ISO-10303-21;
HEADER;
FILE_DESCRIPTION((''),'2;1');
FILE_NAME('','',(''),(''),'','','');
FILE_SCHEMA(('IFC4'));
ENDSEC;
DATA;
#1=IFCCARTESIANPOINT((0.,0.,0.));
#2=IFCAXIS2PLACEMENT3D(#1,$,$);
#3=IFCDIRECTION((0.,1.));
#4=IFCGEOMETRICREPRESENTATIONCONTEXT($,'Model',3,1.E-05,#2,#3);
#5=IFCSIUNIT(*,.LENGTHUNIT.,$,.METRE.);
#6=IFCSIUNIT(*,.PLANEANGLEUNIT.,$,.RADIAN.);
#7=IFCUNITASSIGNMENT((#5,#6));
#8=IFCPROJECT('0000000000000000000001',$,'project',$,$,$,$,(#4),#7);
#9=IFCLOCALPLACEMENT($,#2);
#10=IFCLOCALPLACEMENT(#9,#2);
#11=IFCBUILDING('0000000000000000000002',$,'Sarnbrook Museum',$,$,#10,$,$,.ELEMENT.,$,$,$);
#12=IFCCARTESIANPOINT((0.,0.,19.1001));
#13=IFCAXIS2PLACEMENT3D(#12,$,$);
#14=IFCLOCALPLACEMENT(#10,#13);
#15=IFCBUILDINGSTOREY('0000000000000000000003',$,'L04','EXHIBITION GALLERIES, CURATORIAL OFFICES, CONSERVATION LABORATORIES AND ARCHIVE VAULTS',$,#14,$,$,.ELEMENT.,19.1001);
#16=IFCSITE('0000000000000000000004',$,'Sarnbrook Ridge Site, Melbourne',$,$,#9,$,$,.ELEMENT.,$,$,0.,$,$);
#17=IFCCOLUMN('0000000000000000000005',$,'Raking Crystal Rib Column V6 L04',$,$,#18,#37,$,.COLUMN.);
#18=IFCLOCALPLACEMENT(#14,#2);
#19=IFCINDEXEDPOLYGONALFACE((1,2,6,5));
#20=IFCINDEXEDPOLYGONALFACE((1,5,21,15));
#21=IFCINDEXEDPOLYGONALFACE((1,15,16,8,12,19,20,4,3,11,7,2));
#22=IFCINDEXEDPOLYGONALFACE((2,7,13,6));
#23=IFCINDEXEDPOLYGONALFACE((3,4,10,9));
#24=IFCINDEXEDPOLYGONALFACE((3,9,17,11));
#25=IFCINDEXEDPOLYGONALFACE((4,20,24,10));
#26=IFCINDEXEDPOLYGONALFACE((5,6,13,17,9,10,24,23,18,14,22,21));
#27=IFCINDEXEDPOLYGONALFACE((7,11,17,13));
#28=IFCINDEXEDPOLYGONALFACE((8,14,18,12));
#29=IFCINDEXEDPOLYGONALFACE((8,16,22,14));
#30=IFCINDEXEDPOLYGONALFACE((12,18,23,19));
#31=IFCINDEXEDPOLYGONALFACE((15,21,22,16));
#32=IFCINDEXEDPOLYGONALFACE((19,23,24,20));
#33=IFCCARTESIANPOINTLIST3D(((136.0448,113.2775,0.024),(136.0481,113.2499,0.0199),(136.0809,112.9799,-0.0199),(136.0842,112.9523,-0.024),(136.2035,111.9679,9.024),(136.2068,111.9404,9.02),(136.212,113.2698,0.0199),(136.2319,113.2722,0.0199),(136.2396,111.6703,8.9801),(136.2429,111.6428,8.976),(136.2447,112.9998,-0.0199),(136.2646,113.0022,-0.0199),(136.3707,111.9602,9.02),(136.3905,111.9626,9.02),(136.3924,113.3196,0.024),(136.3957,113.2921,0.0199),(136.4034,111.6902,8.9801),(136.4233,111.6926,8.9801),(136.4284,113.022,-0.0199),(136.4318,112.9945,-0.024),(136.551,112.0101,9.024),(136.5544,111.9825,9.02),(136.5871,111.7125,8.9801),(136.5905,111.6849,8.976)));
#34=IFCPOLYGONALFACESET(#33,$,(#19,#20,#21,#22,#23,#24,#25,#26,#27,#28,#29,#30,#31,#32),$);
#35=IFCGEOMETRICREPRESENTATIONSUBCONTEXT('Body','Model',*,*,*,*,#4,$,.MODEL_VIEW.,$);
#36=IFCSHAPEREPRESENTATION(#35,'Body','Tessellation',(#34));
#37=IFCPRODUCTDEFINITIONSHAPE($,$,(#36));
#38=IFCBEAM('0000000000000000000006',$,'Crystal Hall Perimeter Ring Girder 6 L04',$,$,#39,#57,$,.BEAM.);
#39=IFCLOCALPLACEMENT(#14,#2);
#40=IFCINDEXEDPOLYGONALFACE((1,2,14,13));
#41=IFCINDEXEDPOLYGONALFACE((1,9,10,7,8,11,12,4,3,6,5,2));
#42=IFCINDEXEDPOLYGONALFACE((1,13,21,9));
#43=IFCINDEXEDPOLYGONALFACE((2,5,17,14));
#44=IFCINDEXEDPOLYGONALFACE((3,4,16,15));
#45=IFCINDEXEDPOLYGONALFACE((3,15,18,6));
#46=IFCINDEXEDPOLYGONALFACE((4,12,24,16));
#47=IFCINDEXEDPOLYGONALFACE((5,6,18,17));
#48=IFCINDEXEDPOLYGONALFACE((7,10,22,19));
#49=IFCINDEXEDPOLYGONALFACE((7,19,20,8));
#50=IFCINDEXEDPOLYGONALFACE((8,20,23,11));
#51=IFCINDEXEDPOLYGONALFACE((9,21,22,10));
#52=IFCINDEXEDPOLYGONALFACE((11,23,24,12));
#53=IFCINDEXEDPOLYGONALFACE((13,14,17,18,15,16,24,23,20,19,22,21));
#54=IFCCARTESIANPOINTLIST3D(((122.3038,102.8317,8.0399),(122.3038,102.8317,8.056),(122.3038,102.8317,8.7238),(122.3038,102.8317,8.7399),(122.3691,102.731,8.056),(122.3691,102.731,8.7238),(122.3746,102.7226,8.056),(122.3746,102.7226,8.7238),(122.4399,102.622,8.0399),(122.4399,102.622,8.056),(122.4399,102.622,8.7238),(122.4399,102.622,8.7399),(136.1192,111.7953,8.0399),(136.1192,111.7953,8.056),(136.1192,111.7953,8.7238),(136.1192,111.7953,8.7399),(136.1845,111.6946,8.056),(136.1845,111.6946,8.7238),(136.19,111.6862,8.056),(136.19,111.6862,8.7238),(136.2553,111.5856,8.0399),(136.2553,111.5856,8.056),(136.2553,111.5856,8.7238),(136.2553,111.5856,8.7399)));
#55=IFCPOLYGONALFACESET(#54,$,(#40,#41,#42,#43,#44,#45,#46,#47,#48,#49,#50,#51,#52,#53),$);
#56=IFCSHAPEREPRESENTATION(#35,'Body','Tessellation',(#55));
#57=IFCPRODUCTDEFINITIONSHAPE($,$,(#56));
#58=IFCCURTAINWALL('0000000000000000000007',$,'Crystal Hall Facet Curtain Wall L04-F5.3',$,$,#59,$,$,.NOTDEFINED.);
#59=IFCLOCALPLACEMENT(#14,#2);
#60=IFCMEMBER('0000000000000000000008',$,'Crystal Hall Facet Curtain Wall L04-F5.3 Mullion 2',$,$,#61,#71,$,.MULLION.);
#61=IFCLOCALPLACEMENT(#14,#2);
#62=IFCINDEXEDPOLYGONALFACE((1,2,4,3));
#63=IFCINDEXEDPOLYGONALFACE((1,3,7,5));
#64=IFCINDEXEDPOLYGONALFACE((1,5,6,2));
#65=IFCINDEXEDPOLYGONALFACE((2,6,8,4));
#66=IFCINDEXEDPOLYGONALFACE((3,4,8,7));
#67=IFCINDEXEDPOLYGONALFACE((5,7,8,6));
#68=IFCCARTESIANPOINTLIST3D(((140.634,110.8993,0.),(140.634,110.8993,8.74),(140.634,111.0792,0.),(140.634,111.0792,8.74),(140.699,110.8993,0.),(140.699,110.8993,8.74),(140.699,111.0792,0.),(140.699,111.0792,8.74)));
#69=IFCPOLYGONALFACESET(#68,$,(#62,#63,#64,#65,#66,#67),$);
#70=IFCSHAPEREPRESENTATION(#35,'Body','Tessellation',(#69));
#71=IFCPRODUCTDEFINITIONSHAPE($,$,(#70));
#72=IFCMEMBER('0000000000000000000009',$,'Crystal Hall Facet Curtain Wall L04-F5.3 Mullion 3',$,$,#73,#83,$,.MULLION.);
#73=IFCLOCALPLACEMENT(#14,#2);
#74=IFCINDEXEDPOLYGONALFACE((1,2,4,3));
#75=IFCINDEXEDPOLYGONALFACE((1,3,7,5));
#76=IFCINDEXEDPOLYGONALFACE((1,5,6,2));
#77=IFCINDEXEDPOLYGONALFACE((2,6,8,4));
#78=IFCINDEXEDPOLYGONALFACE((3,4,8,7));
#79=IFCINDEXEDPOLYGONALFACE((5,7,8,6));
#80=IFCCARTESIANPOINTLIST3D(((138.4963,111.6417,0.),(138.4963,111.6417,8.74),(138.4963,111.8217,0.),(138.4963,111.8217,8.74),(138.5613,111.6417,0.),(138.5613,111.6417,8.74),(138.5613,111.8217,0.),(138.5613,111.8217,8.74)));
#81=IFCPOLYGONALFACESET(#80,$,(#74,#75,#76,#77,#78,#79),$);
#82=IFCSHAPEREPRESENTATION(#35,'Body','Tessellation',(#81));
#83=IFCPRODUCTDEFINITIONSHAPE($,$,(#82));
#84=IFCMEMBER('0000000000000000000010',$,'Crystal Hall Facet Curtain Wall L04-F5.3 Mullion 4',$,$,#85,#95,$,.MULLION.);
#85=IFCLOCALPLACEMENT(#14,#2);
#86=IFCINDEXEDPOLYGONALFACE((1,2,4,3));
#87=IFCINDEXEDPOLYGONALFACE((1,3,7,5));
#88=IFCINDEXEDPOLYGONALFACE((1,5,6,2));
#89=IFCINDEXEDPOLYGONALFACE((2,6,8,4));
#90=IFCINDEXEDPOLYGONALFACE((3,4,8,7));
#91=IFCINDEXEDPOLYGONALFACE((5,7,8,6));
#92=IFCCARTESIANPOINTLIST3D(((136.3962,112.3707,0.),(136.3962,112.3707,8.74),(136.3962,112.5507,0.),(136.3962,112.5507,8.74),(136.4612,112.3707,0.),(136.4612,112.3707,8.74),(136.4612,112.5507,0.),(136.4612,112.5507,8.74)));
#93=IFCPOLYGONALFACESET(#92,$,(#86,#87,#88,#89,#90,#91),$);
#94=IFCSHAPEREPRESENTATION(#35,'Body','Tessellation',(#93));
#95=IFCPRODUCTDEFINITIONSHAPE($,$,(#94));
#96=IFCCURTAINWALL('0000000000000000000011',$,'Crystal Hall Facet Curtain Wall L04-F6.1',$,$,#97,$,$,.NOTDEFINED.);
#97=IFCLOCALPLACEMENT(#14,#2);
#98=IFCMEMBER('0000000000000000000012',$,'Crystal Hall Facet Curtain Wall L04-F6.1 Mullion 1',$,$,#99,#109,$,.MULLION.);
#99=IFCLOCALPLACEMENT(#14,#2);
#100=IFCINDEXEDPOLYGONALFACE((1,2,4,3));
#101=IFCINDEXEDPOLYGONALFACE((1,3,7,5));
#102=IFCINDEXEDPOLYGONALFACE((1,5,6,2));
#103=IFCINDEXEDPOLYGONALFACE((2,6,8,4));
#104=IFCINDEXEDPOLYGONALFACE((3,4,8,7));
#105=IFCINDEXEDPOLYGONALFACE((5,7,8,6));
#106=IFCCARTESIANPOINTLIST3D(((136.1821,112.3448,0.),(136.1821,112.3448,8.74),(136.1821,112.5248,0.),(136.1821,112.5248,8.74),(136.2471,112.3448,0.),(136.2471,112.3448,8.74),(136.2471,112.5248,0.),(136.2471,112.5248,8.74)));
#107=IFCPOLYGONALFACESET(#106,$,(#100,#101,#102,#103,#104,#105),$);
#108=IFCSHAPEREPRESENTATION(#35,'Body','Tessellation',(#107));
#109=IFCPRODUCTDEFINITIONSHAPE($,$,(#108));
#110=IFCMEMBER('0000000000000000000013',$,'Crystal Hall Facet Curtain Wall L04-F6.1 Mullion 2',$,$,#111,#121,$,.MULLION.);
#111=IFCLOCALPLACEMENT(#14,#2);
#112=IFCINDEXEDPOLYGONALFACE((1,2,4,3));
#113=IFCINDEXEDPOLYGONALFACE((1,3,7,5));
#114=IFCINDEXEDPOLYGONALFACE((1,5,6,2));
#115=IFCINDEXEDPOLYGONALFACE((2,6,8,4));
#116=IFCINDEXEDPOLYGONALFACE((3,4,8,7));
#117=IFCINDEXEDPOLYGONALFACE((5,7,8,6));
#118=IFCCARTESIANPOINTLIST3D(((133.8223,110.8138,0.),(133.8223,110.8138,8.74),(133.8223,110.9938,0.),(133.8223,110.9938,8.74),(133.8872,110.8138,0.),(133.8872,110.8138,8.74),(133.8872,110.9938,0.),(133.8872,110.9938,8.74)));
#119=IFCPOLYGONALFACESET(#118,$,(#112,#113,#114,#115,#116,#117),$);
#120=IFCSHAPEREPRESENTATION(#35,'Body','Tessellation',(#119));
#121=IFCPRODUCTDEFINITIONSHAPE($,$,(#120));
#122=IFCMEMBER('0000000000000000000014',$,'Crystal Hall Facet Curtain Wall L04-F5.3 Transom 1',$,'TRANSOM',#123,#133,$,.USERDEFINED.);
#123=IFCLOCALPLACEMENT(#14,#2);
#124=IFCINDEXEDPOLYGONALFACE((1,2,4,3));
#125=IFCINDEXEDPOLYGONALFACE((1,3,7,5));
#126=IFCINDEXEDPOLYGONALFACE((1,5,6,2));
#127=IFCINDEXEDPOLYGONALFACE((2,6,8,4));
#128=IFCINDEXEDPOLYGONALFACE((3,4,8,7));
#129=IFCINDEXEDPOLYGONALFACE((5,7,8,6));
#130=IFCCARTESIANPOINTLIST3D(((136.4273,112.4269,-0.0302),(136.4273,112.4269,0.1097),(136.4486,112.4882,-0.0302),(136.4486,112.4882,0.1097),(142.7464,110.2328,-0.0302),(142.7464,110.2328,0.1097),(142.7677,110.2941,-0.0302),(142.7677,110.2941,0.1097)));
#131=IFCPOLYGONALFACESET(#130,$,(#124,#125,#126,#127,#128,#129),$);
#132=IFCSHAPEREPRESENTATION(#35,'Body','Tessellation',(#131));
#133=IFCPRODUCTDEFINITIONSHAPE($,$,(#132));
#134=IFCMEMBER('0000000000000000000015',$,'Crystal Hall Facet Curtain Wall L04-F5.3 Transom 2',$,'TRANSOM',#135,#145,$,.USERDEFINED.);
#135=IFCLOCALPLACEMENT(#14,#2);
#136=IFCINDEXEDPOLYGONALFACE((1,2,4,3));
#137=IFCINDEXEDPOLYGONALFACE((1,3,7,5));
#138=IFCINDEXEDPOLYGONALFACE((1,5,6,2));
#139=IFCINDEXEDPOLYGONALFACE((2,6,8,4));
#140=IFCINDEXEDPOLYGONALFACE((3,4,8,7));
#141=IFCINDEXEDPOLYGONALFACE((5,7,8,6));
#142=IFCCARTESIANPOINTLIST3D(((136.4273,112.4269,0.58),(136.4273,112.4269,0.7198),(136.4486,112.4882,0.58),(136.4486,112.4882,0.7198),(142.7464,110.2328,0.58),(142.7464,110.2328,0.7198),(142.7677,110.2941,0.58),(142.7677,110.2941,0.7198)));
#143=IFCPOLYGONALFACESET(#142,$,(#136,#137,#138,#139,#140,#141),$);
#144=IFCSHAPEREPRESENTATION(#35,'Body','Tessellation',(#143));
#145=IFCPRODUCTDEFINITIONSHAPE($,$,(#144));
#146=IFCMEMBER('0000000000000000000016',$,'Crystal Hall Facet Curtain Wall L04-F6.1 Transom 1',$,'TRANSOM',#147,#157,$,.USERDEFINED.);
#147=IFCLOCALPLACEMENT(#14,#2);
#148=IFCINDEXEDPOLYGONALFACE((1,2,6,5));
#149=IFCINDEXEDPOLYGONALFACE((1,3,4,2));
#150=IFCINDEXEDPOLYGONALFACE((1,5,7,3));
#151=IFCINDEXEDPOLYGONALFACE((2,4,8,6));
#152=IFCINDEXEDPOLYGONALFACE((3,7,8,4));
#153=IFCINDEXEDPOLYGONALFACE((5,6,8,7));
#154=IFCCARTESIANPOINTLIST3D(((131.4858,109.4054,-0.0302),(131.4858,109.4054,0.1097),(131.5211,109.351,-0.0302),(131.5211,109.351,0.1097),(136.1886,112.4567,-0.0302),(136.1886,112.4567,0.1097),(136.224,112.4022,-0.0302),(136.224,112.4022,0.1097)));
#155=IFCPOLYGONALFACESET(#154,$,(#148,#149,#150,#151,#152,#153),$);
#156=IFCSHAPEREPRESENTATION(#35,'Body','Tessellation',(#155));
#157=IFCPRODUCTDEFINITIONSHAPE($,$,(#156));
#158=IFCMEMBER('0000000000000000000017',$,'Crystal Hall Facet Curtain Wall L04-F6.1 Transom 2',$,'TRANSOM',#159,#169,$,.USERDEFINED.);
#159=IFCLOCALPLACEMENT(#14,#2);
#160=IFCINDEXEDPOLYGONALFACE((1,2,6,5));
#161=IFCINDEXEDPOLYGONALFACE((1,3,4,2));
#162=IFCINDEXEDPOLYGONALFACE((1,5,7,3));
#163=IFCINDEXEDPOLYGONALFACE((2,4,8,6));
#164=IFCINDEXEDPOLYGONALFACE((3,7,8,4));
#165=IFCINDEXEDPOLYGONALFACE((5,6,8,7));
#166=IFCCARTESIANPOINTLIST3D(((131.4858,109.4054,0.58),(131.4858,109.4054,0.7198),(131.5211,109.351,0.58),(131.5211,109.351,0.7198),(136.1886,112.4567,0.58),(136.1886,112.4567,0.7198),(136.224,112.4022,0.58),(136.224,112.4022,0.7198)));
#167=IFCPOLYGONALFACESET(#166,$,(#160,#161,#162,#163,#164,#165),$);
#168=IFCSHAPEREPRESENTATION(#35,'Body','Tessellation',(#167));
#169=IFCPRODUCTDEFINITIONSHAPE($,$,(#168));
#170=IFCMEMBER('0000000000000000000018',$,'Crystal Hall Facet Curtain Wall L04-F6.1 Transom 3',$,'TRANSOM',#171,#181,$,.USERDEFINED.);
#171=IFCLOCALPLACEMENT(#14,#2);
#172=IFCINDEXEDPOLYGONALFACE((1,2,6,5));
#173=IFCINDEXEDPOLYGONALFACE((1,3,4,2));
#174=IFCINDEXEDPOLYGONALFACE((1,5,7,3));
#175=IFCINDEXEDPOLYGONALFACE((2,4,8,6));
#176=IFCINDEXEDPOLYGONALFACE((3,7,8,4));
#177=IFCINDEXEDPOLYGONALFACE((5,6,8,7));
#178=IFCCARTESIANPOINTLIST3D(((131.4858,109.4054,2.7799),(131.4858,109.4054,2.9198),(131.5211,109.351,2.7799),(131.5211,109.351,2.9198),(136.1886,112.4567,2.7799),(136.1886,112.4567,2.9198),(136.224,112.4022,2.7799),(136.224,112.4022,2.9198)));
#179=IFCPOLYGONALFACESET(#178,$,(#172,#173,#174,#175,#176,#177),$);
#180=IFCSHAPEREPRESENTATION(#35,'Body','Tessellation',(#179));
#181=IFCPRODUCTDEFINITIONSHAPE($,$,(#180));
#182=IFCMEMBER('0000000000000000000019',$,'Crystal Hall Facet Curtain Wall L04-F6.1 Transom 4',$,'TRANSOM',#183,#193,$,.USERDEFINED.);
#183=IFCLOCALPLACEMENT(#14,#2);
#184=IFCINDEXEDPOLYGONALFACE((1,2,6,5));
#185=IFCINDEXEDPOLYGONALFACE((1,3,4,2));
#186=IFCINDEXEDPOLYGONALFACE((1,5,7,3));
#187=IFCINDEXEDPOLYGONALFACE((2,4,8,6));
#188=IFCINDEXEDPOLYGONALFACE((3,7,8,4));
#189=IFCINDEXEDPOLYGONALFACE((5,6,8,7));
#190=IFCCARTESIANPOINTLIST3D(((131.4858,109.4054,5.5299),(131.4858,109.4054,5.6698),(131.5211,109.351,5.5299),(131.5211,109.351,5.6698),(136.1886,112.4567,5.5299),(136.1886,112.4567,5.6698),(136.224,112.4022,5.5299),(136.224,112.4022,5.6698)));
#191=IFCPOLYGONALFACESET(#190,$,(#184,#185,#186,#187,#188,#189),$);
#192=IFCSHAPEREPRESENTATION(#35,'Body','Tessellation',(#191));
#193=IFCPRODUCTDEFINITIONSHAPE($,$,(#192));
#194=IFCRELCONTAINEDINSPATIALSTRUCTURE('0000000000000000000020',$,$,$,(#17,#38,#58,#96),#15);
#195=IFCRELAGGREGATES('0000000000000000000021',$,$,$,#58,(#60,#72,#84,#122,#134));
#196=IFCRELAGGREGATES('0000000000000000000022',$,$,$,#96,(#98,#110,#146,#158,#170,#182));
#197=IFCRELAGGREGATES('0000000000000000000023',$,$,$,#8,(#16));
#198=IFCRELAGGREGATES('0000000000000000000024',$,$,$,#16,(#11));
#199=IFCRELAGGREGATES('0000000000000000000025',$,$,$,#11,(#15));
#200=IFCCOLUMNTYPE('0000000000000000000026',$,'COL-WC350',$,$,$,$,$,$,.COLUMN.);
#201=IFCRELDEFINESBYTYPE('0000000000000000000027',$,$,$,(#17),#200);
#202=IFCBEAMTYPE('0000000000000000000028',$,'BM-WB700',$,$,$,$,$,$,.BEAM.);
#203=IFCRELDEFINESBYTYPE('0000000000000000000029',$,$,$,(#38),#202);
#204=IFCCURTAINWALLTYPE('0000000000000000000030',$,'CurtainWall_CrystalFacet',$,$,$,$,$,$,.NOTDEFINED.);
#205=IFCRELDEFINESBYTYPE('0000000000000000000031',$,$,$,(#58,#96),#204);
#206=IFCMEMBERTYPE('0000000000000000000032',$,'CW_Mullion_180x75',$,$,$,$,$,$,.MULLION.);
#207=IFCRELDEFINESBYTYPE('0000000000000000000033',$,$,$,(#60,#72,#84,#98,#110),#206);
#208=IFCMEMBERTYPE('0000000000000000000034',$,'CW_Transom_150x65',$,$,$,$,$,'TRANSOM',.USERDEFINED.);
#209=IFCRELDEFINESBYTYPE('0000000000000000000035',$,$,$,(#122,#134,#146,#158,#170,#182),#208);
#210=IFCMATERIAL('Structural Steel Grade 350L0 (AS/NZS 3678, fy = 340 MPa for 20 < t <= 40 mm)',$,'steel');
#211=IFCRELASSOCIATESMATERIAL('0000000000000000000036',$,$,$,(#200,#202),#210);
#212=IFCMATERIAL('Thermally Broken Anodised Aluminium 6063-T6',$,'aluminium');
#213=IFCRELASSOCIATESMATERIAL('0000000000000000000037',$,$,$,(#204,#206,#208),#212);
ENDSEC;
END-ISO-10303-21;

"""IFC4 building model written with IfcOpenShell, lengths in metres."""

from ifc_helpers import new_model, si_unit, direction, frame, origin, origin_2d, place, context, subcontext, project, spatial, rectangle, i_section, extrude, material, material_profile, profile_set, type_object, element, aggregate, save


model = new_model("IFC4")

# Units and contexts
model_context = context("Model", 3, precision=1e-05, world=origin(), true_north=direction((0.0, 1.0)))
body_context = subcontext(model_context, "Body", "Model", "MODEL_VIEW")
ifc_project = project(units=[si_unit("LENGTHUNIT", "METRE"), si_unit("PLANEANGLEUNIT", "RADIAN")], contexts=[model_context])

# Site, building, storey
site_placement = place(None, origin())
site = spatial("IfcSite", under=ifc_project, at=site_placement, Name="Sarnbrook Ridge Site, Melbourne", CompositionType="ELEMENT", RefElevation=0.0)
building_placement = place(site_placement, origin())
building = spatial("IfcBuilding", under=site, at=building_placement, Name="Sarnbrook Museum", CompositionType="ELEMENT")
storey_placement = place(building_placement, frame((0.0, 0.0, 19.1001)))
storey = spatial("IfcBuildingStorey", under=building, at=storey_placement, Name="L04", Description="EXHIBITION GALLERIES, CURATORIAL OFFICES, CONSERVATION LABORATORIES AND ARCHIVE VAULTS", CompositionType="ELEMENT", Elevation=19.1001)

# Column
ifc_material_1 = material(Name="Structural Steel Grade 350L0 (AS/NZS 3678, fy = 340 MPa for 20 < t <= 40 mm)", Category="steel")
ifc_material_profile_1 = material_profile(ifc_material_1, i_section(OverallWidth=0.3501, OverallDepth=0.3311, WebThickness=0.02, FlangeThickness=0.0281, at=origin_2d()), Name="350WC197")
ifc_profile_set_1 = profile_set([ifc_material_profile_1], Name="Structural Steel Grade 350L0 (AS/NZS 3678, fy = 340 MPa for 20 < t <= 40 mm)")
column_type = type_object("IfcColumnType", Name="COL-WC350", PredefinedType="COLUMN", material=ifc_profile_set_1)
column_placement = place(storey_placement, frame((136.2383, 113.136, 0.0), z_axis=(0.017446, -0.14397, 0.989428), x_axis=(0.992738, 0.120298, 0.0)))
element("IfcColumn", 1, at=column_placement, inside=storey, type_object=column_type, Name="Raking Crystal Rib Column V6 L04", PredefinedType="COLUMN", context=body_context, shape_type="SweptSolid", body=[
    extrude(i_section(OverallWidth=0.3501, OverallDepth=0.3311, WebThickness=0.02, FlangeThickness=0.0281, at=origin_2d()), origin(), (0.0, 0.0, 1.0), 9.0962),
])

# Beam
ifc_material_profile_2 = material_profile(ifc_material_1, i_section(OverallWidth=0.25, OverallDepth=0.7, WebThickness=0.01, FlangeThickness=0.0161, at=origin_2d()), Name="700WB130")
ifc_profile_set_2 = profile_set([ifc_material_profile_2], Name="Structural Steel Grade 350L0 (AS/NZS 3678, fy = 340 MPa for 20 < t <= 40 mm)")
beam_type_1 = type_object("IfcBeamType", Name="BM-WB700", PredefinedType="BEAM", material=ifc_profile_set_2)
beam_1_placement = place(storey_placement, frame((136.1873, 111.6904, 8.3899), z_axis=(-0.838899, -0.544288, 0.0), x_axis=(0.544288, -0.838899, 0.0)))
element("IfcBeam", 2, at=beam_1_placement, inside=storey, type_object=beam_type_1, Name="Crystal Hall Perimeter Ring Girder 6 L04", PredefinedType="BEAM", context=body_context, shape_type="SweptSolid", body=[
    extrude(i_section(OverallWidth=0.25, OverallDepth=0.7, WebThickness=0.01, FlangeThickness=0.0161, at=origin_2d()), origin(), (0.0, 0.0, 1.0), 16.4685),
])

# Curtain walls, members
ifc_material_2 = material(Name="Thermally Broken Anodised Aluminium 6063-T6", Category="aluminium")
curtain_wall_type = type_object("IfcCurtainWallType", Name="CurtainWall_CrystalFacet", PredefinedType="NOTDEFINED", material=ifc_material_2)
curtain_wall_1_placement = place(storey_placement, origin())
curtain_wall_1 = element("IfcCurtainWall", 3, at=curtain_wall_1_placement, inside=storey, type_object=curtain_wall_type, Name="Crystal Hall Facet Curtain Wall L04-F5.3", PredefinedType="NOTDEFINED")
ifc_material_profile_3 = material_profile(ifc_material_2, rectangle(XDim=0.0649, YDim=0.1799, at=origin_2d()), Name="ALU MULLION 65x180")
ifc_profile_set_3 = profile_set([ifc_material_profile_3], Name="Thermally Broken Anodised Aluminium 6063-T6")
member_type_1 = type_object("IfcMemberType", Name="CW_Mullion_180x75", PredefinedType="MULLION", material=ifc_profile_set_3)
member_1_placement = place(storey_placement, frame((140.6665, 110.9893, 0.0), z_axis=(0.0, 0.0, 1.0), x_axis=(1.0, 0.0, 0.0)))
member_1 = element("IfcMember", 4, at=member_1_placement, type_object=member_type_1, Name="Crystal Hall Facet Curtain Wall L04-F5.3 Mullion 2", PredefinedType="MULLION", context=body_context, shape_type="SweptSolid", body=[
    extrude(rectangle(XDim=0.0649, YDim=0.1799, at=origin_2d()), origin(), (0.0, 0.0, 1.0), 8.74),
])
member_2_placement = place(storey_placement, frame((138.5288, 111.7317, 0.0), z_axis=(0.0, 0.0, 1.0), x_axis=(1.0, 0.0, 0.0)))
member_2 = element("IfcMember", 5, at=member_2_placement, type_object=member_type_1, Name="Crystal Hall Facet Curtain Wall L04-F5.3 Mullion 3", PredefinedType="MULLION", context=body_context, shape_type="SweptSolid", body=[
    extrude(rectangle(XDim=0.0649, YDim=0.1799, at=origin_2d()), origin(), (0.0, 0.0, 1.0), 8.74),
])
member_3_placement = place(storey_placement, frame((136.4287, 112.4607, 0.0), z_axis=(0.0, 0.0, 1.0), x_axis=(1.0, 0.0, 0.0)))
member_3 = element("IfcMember", 6, at=member_3_placement, type_object=member_type_1, Name="Crystal Hall Facet Curtain Wall L04-F5.3 Mullion 4", PredefinedType="MULLION", context=body_context, shape_type="SweptSolid", body=[
    extrude(rectangle(XDim=0.0649, YDim=0.1799, at=origin_2d()), origin(), (0.0, 0.0, 1.0), 8.74),
])
curtain_wall_2_placement = place(storey_placement, origin())
curtain_wall_2 = element("IfcCurtainWall", 7, at=curtain_wall_2_placement, inside=storey, type_object=curtain_wall_type, Name="Crystal Hall Facet Curtain Wall L04-F6.1", PredefinedType="NOTDEFINED")
member_4_placement = place(storey_placement, frame((136.2146, 112.4348, 0.0), z_axis=(0.0, 0.0, 1.0), x_axis=(1.0, 0.0, 0.0)))
member_4 = element("IfcMember", 8, at=member_4_placement, type_object=member_type_1, Name="Crystal Hall Facet Curtain Wall L04-F6.1 Mullion 1", PredefinedType="MULLION", context=body_context, shape_type="SweptSolid", body=[
    extrude(rectangle(XDim=0.0649, YDim=0.1799, at=origin_2d()), origin(), (0.0, 0.0, 1.0), 8.74),
])
member_5_placement = place(storey_placement, frame((133.8547, 110.9038, 0.0), z_axis=(0.0, 0.0, 1.0), x_axis=(1.0, 0.0, 0.0)))
member_5 = element("IfcMember", 9, at=member_5_placement, type_object=member_type_1, Name="Crystal Hall Facet Curtain Wall L04-F6.1 Mullion 2", PredefinedType="MULLION", context=body_context, shape_type="SweptSolid", body=[
    extrude(rectangle(XDim=0.0649, YDim=0.1799, at=origin_2d()), origin(), (0.0, 0.0, 1.0), 8.74),
])

# Members
ifc_material_profile_4 = material_profile(ifc_material_2, rectangle(XDim=0.0649, YDim=0.1399, at=origin_2d()), Name="ALU TRANSOM 65x140")
ifc_profile_set_4 = profile_set([ifc_material_profile_4], Name="Thermally Broken Anodised Aluminium 6063-T6")
member_type_2 = type_object("IfcMemberType", Name="CW_Transom_150x65", ElementType="TRANSOM", PredefinedType="USERDEFINED", material=ifc_profile_set_4)
member_6_placement = place(storey_placement, frame((142.7571, 110.2634, 0.0398), z_axis=(-0.944675, 0.328007, 0.0), x_axis=(-0.328007, -0.944675, 0.0)))
member_6 = element("IfcMember", 10, at=member_6_placement, type_object=member_type_2, Name="Crystal Hall Facet Curtain Wall L04-F5.3 Transom 1", ObjectType="TRANSOM", PredefinedType="USERDEFINED", context=body_context, shape_type="SweptSolid", body=[
    extrude(rectangle(XDim=0.0649, YDim=0.1399, at=origin_2d()), origin(), (0.0, 0.0, 1.0), 6.6892),
])
member_7_placement = place(storey_placement, frame((142.7571, 110.2634, 0.6499), z_axis=(-0.944675, 0.328007, 0.0), x_axis=(-0.328007, -0.944675, 0.0)))
member_7 = element("IfcMember", 11, at=member_7_placement, type_object=member_type_2, Name="Crystal Hall Facet Curtain Wall L04-F5.3 Transom 2", ObjectType="TRANSOM", PredefinedType="USERDEFINED", context=body_context, shape_type="SweptSolid", body=[
    extrude(rectangle(XDim=0.0649, YDim=0.1399, at=origin_2d()), origin(), (0.0, 0.0, 1.0), 6.6892),
])
member_8_placement = place(storey_placement, frame((136.2063, 112.4294, 0.0398), z_axis=(-0.8389, -0.544286, 0.0), x_axis=(0.544286, -0.8389, 0.0)))
member_8 = element("IfcMember", 12, at=member_8_placement, type_object=member_type_2, Name="Crystal Hall Facet Curtain Wall L04-F6.1 Transom 1", ObjectType="TRANSOM", PredefinedType="USERDEFINED", context=body_context, shape_type="SweptSolid", body=[
    extrude(rectangle(XDim=0.0649, YDim=0.1399, at=origin_2d()), origin(), (0.0, 0.0, 1.0), 5.606),
])
member_9_placement = place(storey_placement, frame((136.2063, 112.4294, 0.6499), z_axis=(-0.8389, -0.544286, 0.0), x_axis=(0.544286, -0.8389, 0.0)))
member_9 = element("IfcMember", 13, at=member_9_placement, type_object=member_type_2, Name="Crystal Hall Facet Curtain Wall L04-F6.1 Transom 2", ObjectType="TRANSOM", PredefinedType="USERDEFINED", context=body_context, shape_type="SweptSolid", body=[
    extrude(rectangle(XDim=0.0649, YDim=0.1399, at=origin_2d()), origin(), (0.0, 0.0, 1.0), 5.606),
])
member_10_placement = place(storey_placement, frame((136.2063, 112.4294, 2.8499), z_axis=(-0.8389, -0.544286, 0.0), x_axis=(0.544286, -0.8389, 0.0)))
member_10 = element("IfcMember", 14, at=member_10_placement, type_object=member_type_2, Name="Crystal Hall Facet Curtain Wall L04-F6.1 Transom 3", ObjectType="TRANSOM", PredefinedType="USERDEFINED", context=body_context, shape_type="SweptSolid", body=[
    extrude(rectangle(XDim=0.0649, YDim=0.1399, at=origin_2d()), origin(), (0.0, 0.0, 1.0), 5.606),
])
member_11_placement = place(storey_placement, frame((136.2063, 112.4294, 5.5999), z_axis=(-0.8389, -0.544286, 0.0), x_axis=(0.544286, -0.8389, 0.0)))
member_11 = element("IfcMember", 15, at=member_11_placement, type_object=member_type_2, Name="Crystal Hall Facet Curtain Wall L04-F6.1 Transom 4", ObjectType="TRANSOM", PredefinedType="USERDEFINED", context=body_context, shape_type="SweptSolid", body=[
    extrude(rectangle(XDim=0.0649, YDim=0.1399, at=origin_2d()), origin(), (0.0, 0.0, 1.0), 5.606),
])

aggregate(curtain_wall_1, [member_1, member_2, member_3, member_6, member_7])
aggregate(curtain_wall_2, [member_4, member_5, member_8, member_9, member_10, member_11])

save(model, "model.ifc")
